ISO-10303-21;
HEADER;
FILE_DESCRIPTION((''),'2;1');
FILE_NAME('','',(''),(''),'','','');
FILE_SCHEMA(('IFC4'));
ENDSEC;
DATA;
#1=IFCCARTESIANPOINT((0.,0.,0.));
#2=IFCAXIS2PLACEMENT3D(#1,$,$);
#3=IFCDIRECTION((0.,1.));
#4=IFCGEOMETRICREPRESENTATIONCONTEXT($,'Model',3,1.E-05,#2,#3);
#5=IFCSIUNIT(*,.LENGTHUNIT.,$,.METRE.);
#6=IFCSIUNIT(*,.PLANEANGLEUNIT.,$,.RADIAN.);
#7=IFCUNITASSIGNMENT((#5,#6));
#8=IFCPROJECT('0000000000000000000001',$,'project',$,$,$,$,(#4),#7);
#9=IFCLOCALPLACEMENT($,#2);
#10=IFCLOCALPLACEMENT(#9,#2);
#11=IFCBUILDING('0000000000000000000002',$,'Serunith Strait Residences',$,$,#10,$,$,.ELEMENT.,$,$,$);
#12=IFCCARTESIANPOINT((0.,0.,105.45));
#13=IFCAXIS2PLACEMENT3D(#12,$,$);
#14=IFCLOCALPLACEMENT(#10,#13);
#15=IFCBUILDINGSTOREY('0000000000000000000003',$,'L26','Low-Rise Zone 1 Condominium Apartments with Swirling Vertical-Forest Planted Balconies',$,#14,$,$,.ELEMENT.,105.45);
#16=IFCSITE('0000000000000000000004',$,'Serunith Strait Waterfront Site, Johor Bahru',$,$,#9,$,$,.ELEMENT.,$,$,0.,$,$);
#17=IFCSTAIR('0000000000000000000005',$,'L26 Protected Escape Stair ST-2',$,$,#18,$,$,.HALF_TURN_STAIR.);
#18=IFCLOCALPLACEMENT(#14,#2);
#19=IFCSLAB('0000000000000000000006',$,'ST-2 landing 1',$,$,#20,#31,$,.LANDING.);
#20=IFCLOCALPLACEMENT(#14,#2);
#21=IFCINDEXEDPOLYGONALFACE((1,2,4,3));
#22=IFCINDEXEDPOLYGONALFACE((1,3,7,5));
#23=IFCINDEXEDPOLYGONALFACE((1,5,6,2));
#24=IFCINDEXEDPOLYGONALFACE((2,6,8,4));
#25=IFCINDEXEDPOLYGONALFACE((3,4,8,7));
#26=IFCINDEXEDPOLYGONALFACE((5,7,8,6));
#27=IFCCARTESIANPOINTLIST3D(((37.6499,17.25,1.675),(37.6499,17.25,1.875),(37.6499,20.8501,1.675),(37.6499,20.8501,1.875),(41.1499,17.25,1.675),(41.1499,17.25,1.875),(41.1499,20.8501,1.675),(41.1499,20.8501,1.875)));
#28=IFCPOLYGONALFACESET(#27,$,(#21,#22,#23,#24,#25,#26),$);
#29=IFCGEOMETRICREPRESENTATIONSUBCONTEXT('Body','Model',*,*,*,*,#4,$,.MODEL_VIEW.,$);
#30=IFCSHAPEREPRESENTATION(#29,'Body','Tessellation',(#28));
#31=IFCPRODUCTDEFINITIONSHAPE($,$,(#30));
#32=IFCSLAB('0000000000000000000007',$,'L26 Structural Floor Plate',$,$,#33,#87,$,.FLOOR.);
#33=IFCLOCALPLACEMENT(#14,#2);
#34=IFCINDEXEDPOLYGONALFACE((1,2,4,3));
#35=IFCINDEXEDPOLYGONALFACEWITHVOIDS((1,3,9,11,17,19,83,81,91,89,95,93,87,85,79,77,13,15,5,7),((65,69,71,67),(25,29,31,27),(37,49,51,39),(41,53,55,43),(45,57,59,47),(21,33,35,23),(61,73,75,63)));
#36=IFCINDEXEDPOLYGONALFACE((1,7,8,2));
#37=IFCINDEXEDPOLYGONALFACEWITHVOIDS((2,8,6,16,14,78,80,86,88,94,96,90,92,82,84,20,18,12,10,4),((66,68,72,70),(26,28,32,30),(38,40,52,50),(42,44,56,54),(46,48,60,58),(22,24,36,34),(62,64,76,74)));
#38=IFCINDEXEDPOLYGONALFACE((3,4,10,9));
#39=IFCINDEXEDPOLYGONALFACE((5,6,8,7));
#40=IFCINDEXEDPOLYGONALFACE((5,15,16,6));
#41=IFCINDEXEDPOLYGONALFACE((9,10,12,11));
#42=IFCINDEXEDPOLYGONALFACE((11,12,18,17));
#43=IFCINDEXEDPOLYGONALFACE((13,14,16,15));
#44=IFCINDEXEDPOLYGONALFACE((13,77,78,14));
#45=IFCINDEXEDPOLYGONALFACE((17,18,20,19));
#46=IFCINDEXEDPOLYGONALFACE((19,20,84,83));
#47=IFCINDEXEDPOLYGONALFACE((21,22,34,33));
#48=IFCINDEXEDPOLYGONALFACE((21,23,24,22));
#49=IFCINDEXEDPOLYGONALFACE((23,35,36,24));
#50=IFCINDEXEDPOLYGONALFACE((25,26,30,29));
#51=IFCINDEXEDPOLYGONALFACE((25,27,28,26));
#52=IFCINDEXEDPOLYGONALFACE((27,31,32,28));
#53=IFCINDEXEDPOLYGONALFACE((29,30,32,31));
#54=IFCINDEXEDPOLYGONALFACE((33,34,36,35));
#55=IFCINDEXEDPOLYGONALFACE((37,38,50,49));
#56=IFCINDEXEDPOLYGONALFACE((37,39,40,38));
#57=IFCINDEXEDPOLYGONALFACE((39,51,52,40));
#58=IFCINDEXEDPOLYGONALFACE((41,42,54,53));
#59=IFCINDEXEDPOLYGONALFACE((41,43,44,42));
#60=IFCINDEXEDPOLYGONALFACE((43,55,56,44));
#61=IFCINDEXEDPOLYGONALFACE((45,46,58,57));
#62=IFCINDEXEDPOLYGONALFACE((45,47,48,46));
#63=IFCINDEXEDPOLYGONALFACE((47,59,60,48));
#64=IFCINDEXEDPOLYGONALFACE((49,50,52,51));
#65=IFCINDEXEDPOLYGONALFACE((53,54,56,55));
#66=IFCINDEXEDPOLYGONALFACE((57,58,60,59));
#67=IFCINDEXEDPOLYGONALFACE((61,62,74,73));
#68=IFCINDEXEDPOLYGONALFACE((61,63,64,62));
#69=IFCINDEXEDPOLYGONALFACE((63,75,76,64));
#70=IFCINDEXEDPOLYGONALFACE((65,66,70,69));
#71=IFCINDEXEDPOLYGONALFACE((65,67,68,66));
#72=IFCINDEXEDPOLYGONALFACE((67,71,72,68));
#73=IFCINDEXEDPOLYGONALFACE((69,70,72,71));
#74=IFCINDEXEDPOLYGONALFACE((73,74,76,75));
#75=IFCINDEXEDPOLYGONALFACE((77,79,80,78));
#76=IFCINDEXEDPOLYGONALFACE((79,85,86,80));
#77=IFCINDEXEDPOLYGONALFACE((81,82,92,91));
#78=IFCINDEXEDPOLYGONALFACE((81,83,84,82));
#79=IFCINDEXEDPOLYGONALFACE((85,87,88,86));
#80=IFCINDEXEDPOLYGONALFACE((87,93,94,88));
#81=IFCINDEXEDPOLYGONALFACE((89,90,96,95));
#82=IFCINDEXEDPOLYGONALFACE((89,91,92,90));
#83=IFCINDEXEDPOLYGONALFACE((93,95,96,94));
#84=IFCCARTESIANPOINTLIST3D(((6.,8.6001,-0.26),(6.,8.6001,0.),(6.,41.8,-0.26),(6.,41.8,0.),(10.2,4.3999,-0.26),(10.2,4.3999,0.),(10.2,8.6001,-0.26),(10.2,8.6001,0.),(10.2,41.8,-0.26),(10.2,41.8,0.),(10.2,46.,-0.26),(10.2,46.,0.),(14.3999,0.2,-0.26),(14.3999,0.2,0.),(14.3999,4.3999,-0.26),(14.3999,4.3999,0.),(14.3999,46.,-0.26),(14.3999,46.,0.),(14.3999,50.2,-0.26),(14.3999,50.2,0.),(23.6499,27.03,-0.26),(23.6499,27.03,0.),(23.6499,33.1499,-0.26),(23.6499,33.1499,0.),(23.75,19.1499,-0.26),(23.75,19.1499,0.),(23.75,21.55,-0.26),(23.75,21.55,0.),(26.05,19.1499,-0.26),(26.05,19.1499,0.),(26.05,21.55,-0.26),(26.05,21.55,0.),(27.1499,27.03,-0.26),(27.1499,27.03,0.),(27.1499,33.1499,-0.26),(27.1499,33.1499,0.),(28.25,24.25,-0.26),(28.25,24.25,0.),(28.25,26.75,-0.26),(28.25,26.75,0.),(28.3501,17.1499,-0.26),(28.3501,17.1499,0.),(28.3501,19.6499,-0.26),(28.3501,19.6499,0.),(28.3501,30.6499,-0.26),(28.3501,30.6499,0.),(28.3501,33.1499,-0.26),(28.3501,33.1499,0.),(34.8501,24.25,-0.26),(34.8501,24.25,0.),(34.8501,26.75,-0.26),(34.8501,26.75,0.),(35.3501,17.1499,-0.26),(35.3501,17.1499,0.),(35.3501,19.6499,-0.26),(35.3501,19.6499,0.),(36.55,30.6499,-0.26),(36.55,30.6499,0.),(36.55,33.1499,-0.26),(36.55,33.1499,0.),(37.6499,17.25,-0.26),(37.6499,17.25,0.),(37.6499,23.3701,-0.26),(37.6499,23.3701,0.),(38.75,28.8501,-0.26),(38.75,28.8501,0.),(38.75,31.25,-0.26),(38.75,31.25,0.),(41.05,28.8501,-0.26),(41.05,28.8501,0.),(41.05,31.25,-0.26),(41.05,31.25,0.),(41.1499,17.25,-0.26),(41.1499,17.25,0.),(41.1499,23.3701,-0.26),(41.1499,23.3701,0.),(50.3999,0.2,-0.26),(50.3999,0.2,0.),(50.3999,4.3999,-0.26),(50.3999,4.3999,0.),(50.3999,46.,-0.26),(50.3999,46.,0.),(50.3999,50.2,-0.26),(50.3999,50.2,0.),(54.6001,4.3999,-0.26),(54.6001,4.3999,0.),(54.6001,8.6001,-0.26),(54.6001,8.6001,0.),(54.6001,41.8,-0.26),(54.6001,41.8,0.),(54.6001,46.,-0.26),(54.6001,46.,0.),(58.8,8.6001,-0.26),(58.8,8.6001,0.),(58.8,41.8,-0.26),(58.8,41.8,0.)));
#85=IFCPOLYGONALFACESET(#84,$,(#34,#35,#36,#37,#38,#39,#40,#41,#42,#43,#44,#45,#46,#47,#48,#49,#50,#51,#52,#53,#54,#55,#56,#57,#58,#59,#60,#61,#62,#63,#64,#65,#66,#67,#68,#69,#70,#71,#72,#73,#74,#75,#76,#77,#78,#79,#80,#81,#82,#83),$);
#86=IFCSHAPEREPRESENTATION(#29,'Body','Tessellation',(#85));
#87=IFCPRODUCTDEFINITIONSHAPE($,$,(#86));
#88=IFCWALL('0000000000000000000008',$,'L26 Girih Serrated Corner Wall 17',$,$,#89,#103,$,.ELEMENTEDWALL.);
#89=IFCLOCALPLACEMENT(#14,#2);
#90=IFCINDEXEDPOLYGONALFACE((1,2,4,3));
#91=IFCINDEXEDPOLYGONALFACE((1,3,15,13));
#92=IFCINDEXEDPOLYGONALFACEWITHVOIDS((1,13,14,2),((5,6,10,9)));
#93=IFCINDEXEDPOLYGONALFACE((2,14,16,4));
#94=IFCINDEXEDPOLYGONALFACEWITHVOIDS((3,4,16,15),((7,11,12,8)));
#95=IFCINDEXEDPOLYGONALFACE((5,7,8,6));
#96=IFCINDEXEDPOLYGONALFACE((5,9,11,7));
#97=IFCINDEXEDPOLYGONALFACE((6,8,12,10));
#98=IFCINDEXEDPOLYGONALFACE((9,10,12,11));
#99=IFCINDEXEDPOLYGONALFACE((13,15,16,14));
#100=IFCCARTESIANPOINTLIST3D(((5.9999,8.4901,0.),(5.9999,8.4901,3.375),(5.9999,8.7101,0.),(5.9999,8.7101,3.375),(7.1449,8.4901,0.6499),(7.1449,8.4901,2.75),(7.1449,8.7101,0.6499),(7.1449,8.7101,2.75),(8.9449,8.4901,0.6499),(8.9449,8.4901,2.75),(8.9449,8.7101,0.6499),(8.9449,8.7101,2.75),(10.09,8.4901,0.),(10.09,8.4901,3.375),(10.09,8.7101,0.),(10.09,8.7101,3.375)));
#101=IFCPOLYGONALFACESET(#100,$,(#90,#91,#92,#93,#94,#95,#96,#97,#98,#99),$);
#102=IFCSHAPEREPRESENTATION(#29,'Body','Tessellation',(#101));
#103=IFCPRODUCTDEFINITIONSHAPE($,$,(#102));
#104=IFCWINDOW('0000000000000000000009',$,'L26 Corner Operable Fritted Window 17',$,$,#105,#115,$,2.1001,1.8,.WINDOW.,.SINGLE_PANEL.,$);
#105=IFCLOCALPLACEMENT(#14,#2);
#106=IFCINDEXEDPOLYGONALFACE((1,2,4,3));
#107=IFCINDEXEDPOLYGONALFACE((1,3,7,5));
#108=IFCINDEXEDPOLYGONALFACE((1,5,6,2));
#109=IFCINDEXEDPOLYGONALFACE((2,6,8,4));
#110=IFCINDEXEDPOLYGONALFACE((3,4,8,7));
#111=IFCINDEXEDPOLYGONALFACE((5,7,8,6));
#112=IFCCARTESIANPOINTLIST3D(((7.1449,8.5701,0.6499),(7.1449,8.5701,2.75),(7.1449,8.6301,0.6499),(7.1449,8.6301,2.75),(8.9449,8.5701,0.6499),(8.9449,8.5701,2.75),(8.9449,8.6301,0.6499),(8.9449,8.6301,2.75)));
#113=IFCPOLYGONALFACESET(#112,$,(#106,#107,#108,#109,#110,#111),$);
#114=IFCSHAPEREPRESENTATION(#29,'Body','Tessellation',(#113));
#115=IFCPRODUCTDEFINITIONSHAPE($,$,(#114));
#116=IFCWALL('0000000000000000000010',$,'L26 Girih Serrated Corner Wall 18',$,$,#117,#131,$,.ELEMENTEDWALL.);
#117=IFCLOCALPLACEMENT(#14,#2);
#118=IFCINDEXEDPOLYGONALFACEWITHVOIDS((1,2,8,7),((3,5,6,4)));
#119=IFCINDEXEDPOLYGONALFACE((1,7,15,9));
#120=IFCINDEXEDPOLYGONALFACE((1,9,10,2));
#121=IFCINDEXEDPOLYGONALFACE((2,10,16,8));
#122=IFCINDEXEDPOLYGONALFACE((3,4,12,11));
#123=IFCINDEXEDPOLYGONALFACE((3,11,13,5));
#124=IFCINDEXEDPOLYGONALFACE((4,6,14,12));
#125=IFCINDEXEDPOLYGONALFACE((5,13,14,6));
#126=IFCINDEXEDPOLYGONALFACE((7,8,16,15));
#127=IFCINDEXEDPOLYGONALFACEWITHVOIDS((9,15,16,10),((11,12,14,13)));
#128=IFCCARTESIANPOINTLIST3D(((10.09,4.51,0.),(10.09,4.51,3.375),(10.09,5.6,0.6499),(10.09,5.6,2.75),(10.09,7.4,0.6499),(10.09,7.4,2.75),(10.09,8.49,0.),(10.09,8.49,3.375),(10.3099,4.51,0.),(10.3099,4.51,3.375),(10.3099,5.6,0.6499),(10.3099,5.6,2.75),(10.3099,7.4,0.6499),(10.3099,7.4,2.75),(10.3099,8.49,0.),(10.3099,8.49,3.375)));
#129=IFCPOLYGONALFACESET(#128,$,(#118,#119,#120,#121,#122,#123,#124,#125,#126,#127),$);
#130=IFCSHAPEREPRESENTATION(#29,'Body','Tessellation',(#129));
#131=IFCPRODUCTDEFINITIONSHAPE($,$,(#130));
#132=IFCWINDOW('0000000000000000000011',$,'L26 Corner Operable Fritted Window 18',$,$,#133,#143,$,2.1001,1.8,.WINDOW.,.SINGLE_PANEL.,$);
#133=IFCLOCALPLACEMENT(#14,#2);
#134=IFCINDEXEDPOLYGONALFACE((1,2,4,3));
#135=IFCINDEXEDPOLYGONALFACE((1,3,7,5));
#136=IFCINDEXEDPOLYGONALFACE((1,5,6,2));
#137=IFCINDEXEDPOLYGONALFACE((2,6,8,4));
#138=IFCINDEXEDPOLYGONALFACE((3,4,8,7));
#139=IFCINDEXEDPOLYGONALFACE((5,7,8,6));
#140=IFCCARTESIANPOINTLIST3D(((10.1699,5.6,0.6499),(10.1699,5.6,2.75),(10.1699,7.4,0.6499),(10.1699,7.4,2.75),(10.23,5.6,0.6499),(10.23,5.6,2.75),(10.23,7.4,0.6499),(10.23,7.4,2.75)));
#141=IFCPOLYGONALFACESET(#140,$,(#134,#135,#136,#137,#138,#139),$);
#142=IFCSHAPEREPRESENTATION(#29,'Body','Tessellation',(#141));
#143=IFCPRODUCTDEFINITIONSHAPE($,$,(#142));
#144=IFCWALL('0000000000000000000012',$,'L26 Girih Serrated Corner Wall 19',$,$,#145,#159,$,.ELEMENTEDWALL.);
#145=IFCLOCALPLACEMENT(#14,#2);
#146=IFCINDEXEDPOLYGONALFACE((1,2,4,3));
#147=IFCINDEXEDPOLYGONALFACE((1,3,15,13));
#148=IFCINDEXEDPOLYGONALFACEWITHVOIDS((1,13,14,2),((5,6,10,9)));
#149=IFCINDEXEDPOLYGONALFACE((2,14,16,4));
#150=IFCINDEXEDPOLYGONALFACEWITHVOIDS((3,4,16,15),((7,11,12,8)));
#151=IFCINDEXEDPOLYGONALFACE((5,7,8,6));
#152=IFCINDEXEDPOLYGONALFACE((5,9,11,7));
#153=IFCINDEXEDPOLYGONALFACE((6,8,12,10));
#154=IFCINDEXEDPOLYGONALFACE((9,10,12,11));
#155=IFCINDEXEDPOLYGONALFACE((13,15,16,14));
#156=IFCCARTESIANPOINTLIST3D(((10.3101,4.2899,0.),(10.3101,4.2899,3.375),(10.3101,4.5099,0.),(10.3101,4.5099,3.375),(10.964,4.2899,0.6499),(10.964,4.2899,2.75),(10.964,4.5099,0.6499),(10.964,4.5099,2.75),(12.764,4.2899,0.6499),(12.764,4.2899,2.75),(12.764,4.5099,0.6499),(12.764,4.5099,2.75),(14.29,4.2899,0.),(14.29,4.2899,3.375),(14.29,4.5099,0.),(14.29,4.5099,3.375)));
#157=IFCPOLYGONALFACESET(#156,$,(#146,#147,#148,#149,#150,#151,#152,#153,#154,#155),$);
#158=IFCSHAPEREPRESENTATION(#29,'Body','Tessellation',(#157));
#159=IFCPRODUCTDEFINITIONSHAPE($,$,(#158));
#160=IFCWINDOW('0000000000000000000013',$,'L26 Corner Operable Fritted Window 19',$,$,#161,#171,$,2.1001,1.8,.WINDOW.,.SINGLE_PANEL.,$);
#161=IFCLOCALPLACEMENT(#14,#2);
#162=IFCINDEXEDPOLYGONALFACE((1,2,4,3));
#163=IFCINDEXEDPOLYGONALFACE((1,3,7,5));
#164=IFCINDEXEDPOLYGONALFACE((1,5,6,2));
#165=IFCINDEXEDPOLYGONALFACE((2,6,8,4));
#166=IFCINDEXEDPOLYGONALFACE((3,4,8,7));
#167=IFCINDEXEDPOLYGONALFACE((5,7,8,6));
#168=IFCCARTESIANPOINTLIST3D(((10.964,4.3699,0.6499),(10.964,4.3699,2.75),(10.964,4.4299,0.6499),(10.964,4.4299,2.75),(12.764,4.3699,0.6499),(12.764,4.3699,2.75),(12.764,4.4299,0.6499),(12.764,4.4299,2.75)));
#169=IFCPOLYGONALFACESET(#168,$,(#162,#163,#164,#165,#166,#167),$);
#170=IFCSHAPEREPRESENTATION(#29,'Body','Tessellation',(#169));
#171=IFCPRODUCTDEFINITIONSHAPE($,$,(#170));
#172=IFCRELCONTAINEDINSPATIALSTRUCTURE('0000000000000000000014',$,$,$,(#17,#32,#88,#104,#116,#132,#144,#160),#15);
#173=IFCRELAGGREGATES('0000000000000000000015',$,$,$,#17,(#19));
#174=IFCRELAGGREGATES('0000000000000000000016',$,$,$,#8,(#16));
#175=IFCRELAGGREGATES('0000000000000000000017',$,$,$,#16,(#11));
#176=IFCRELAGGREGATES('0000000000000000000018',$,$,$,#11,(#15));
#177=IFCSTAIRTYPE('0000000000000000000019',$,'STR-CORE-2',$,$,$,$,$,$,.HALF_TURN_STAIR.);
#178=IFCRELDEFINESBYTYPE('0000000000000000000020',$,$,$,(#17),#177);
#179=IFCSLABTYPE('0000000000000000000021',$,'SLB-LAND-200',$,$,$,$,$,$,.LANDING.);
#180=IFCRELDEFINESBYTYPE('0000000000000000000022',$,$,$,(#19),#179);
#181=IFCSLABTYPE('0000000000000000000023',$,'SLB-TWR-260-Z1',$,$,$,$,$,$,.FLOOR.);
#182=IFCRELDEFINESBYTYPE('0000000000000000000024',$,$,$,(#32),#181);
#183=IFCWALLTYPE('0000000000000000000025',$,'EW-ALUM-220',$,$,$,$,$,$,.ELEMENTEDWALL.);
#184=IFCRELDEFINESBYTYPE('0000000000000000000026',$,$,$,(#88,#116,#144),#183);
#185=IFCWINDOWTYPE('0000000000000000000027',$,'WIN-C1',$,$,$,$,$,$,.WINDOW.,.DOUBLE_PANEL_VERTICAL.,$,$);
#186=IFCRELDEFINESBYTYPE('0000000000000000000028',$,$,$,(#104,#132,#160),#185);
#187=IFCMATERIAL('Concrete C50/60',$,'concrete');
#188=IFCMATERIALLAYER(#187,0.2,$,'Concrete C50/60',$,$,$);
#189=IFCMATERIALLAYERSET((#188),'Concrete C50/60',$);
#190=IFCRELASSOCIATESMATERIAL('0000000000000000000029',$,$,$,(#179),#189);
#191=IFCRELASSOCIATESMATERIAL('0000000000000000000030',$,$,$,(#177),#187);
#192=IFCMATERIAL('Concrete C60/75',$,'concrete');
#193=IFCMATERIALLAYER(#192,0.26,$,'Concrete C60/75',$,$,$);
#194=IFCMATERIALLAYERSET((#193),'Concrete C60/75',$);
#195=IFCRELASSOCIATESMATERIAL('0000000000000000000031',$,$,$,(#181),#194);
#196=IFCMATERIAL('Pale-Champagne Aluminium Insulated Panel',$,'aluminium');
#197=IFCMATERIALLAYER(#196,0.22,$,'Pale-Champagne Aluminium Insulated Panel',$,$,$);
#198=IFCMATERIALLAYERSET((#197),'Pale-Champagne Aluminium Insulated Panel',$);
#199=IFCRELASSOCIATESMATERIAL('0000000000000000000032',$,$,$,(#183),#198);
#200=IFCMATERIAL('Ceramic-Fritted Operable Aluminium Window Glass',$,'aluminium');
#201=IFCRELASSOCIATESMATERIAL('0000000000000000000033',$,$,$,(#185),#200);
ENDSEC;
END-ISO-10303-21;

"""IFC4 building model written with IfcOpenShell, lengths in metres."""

from ifc_helpers import new_model, si_unit, direction, frame, frame_2d, origin, place, context, subcontext, project, spatial, polyline, rectangle, outline, extrude, source, transform, mapped, material, layer, layer_set, type_object, element, fill, aggregate, save


model = new_model("IFC4")

# Units and contexts
model_context = context("Model", 3, precision=1e-05, world=origin(), true_north=direction((0.0, 1.0)))
body_context = subcontext(model_context, "Body", "Model", "MODEL_VIEW")
ifc_project = project(units=[si_unit("LENGTHUNIT", "METRE"), si_unit("PLANEANGLEUNIT", "RADIAN")], contexts=[model_context])

# Site, building, storey
site_placement = place(None, origin())
site = spatial("IfcSite", under=ifc_project, at=site_placement, Name="Serunith Strait Waterfront Site, Johor Bahru", CompositionType="ELEMENT", RefElevation=0.0)
building_placement = place(site_placement, origin())
building = spatial("IfcBuilding", under=site, at=building_placement, Name="Serunith Strait Residences", CompositionType="ELEMENT")
storey_placement = place(building_placement, frame((0.0, 0.0, 105.45)))
storey = spatial("IfcBuildingStorey", under=building, at=storey_placement, Name="L26", Description="Low-Rise Zone 1 Condominium Apartments with Swirling Vertical-Forest Planted Balconies", CompositionType="ELEMENT", Elevation=105.45)

# Shared definitions
ifc_material_1 = material(Name="Concrete C50/60", Category="concrete")

# Stair, slab
ifc_layer_1 = layer(ifc_material_1, 0.2, Name="Concrete C50/60")
ifc_layer_set_1 = layer_set([ifc_layer_1], Name="Concrete C50/60")
slab_type_1 = type_object("IfcSlabType", Name="SLB-LAND-200", PredefinedType="LANDING", material=ifc_layer_set_1)
stair_type_1 = type_object("IfcStairType", Name="STR-CORE-2", PredefinedType="HALF_TURN_STAIR", material=ifc_material_1)
stair_1_placement = place(storey_placement, origin())
stair_1 = element("IfcStair", 1, at=stair_1_placement, inside=storey, type_object=stair_type_1, Name="L26 Protected Escape Stair ST-2", PredefinedType="HALF_TURN_STAIR")
slab_1_placement = place(storey_placement, frame((0.0, 0.0, 1.675)))
slab_1 = element("IfcSlab", 2, at=slab_1_placement, type_object=slab_type_1, Name="ST-2 landing 1", PredefinedType="LANDING", context=body_context, shape_type="SweptSolid", body=[
    extrude(outline(polyline([(37.6499, 20.8501), (37.6499, 17.25), (41.1499, 17.25), (41.1499, 20.8501), (37.6499, 20.8501)])), origin(), (0.0, 0.0, 1.0), 0.2),
])
aggregate(stair_1, [slab_1])

# Slab
ifc_material_2 = material(Name="Concrete C60/75", Category="concrete")
ifc_layer_2 = layer(ifc_material_2, 0.26, Name="Concrete C60/75")
ifc_layer_set_2 = layer_set([ifc_layer_2], Name="Concrete C60/75")
slab_type_2 = type_object("IfcSlabType", Name="SLB-TWR-260-Z1", PredefinedType="FLOOR", material=ifc_layer_set_2)
slab_2_placement = place(storey_placement, frame((0.0, 0.0, -0.26)))
element("IfcSlab", 3, at=slab_2_placement, inside=storey, type_object=slab_type_2, Name="L26 Structural Floor Plate", PredefinedType="FLOOR", context=body_context, shape_type="SweptSolid", body=[
    extrude(outline(polyline([(14.3999, 4.3999), (10.2, 4.3999), (10.2, 8.6001), (6.0, 8.6001), (6.0, 41.8), (10.2, 41.8), (10.2, 46.0), (14.3999, 46.0), (14.3999, 50.2), (50.3999, 50.2), (50.3999, 46.0), (54.6001, 46.0), (54.6001, 41.8), (58.8, 41.8), (58.8, 8.6001), (54.6001, 8.6001), (54.6001, 4.3999), (50.3999, 4.3999), (50.3999, 0.2), (14.3999, 0.2), (14.3999, 4.3999)]), holes=[polyline([(41.1499, 17.25), (41.1499, 23.3701), (37.6499, 23.3701), (37.6499, 17.25), (41.1499, 17.25)]), polyline([(41.05, 31.25), (38.75, 31.25), (38.75, 28.8501), (41.05, 28.8501), (41.05, 31.25)]), polyline([(36.55, 33.1499), (28.3501, 33.1499), (28.3501, 30.6499), (36.55, 30.6499), (36.55, 33.1499)]), polyline([(28.3501, 19.6499), (28.3501, 17.1499), (35.3501, 17.1499), (35.3501, 19.6499), (28.3501, 19.6499)]), polyline([(34.8501, 26.75), (28.25, 26.75), (28.25, 24.25), (34.8501, 24.25), (34.8501, 26.75)]), polyline([(23.6499, 33.1499), (23.6499, 27.03), (27.1499, 27.03), (27.1499, 33.1499), (23.6499, 33.1499)]), polyline([(26.05, 21.55), (23.75, 21.55), (23.75, 19.1499), (26.05, 19.1499), (26.05, 21.55)])]), origin(), (0.0, 0.0, 1.0), 0.26),
])

# Walls, openings, windows
ifc_material_3 = material(Name="Pale-Champagne Aluminium Insulated Panel", Category="aluminium")
ifc_layer_3 = layer(ifc_material_3, 0.22, Name="Pale-Champagne Aluminium Insulated Panel")
ifc_layer_set_3 = layer_set([ifc_layer_3], Name="Pale-Champagne Aluminium Insulated Panel")
wall_type_1 = type_object("IfcWallType", Name="EW-ALUM-220", PredefinedType="ELEMENTEDWALL", material=ifc_layer_set_3)
wall_1_placement = place(storey_placement, frame((6.0, 8.6001, 0.0), z_axis=(0.0, 0.0, 1.0), x_axis=(1.0, 0.0, 0.0)))
wall_1 = element("IfcWall", 4, at=wall_1_placement, inside=storey, type_object=wall_type_1, Name="L26 Girih Serrated Corner Wall 17", PredefinedType="ELEMENTEDWALL", context=body_context, shape_type="SweptSolid", body=[
    extrude(rectangle(XDim=4.0901, YDim=0.22, at=frame_2d((2.0449, 0.0))), origin(), (0.0, 0.0, 1.0), 3.375),
])
opening_1_placement = place(wall_1_placement, frame((1.145, 0.0, 0.6499)))
opening_1 = element("IfcOpeningElement", 5, at=opening_1_placement, cuts=wall_1, PredefinedType="OPENING", context=body_context, shape_type="SweptSolid", body=[
    extrude(rectangle(XDim=1.8, YDim=2.1001, at=frame_2d((0.8999, 1.05))), frame((0.0, 0.1201, 0.0), z_axis=(0.0, -1.0, 0.0), x_axis=(1.0, 0.0, 0.0)), (0.0, 0.0, 1.0), 0.24),
])
ifc_material_4 = material(Name="Ceramic-Fritted Operable Aluminium Window Glass", Category="aluminium")
window_type = type_object("IfcWindowType", Name="WIN-C1", PartitioningType="DOUBLE_PANEL_VERTICAL", PredefinedType="WINDOW", material=ifc_material_4)
shared_shape_1 = source(origin(), body_context, "Body", "SweptSolid", [
    extrude(rectangle(XDim=1.8, YDim=2.1001, at=frame_2d((0.8999, 1.05))), frame((0.0, 0.03, 0.0), z_axis=(0.0, -1.0, 0.0), x_axis=(1.0, 0.0, 0.0)), (0.0, 0.0, 1.0), 0.0601),
])
window_1_placement = place(opening_1_placement, origin())
window_1 = element("IfcWindow", 6, at=window_1_placement, inside=storey, type_object=window_type, Name="L26 Corner Operable Fritted Window 17", OverallHeight=2.1001, OverallWidth=1.8, PartitioningType="SINGLE_PANEL", PredefinedType="WINDOW", context=body_context, shape_type="MappedRepresentation", body=[
    mapped(shared_shape_1, transform((0.0, 0.0, 0.0), scale=1.0)),
])
fill(opening_1, window_1)
wall_2_placement = place(storey_placement, frame((10.2, 8.49, 0.0), z_axis=(0.0, 0.0, 1.0), x_axis=(0.0, -1.0, 0.0)))
wall_2 = element("IfcWall", 7, at=wall_2_placement, inside=storey, type_object=wall_type_1, Name="L26 Girih Serrated Corner Wall 18", PredefinedType="ELEMENTEDWALL", context=body_context, shape_type="SweptSolid", body=[
    extrude(rectangle(XDim=3.98, YDim=0.22, at=frame_2d((1.99, 0.0))), origin(), (0.0, 0.0, 1.0), 3.375),
])
opening_2_placement = place(wall_2_placement, frame((1.0901, 0.0, 0.6499)))
opening_2 = element("IfcOpeningElement", 8, at=opening_2_placement, cuts=wall_2, PredefinedType="OPENING", context=body_context, shape_type="SweptSolid", body=[
    extrude(rectangle(XDim=1.8, YDim=2.1001, at=frame_2d((0.8999, 1.05))), frame((0.0, 0.1201, 0.0), z_axis=(0.0, -1.0, 0.0), x_axis=(1.0, 0.0, 0.0)), (0.0, 0.0, 1.0), 0.24),
])
window_2_placement = place(opening_2_placement, origin())
window_2 = element("IfcWindow", 9, at=window_2_placement, inside=storey, type_object=window_type, Name="L26 Corner Operable Fritted Window 18", OverallHeight=2.1001, OverallWidth=1.8, PartitioningType="SINGLE_PANEL", PredefinedType="WINDOW", context=body_context, shape_type="MappedRepresentation", body=[
    mapped(shared_shape_1, transform((0.0, 0.0, 0.0), scale=1.0)),
])
fill(opening_2, window_2)
wall_3_placement = place(storey_placement, frame((10.3101, 4.3999, 0.0), z_axis=(0.0, 0.0, 1.0), x_axis=(1.0, 0.0, 0.0)))
wall_3 = element("IfcWall", 10, at=wall_3_placement, inside=storey, type_object=wall_type_1, Name="L26 Girih Serrated Corner Wall 19", PredefinedType="ELEMENTEDWALL", context=body_context, shape_type="SweptSolid", body=[
    extrude(rectangle(XDim=3.98, YDim=0.22, at=frame_2d((1.99, 0.0))), origin(), (0.0, 0.0, 1.0), 3.375),
])
opening_3_placement = place(wall_3_placement, frame((0.6541, 0.0, 0.6499)))
opening_3 = element("IfcOpeningElement", 11, at=opening_3_placement, cuts=wall_3, PredefinedType="OPENING", context=body_context, shape_type="SweptSolid", body=[
    extrude(rectangle(XDim=1.8, YDim=2.1001, at=frame_2d((0.8999, 1.05))), frame((0.0, 0.1201, 0.0), z_axis=(0.0, -1.0, 0.0), x_axis=(1.0, 0.0, 0.0)), (0.0, 0.0, 1.0), 0.24),
])
window_3_placement = place(opening_3_placement, origin())
window_3 = element("IfcWindow", 12, at=window_3_placement, inside=storey, type_object=window_type, Name="L26 Corner Operable Fritted Window 19", OverallHeight=2.1001, OverallWidth=1.8, PartitioningType="SINGLE_PANEL", PredefinedType="WINDOW", context=body_context, shape_type="MappedRepresentation", body=[
    mapped(shared_shape_1, transform((0.0, 0.0, 0.0), scale=1.0)),
])
fill(opening_3, window_3)

save(model, "model.ifc")
